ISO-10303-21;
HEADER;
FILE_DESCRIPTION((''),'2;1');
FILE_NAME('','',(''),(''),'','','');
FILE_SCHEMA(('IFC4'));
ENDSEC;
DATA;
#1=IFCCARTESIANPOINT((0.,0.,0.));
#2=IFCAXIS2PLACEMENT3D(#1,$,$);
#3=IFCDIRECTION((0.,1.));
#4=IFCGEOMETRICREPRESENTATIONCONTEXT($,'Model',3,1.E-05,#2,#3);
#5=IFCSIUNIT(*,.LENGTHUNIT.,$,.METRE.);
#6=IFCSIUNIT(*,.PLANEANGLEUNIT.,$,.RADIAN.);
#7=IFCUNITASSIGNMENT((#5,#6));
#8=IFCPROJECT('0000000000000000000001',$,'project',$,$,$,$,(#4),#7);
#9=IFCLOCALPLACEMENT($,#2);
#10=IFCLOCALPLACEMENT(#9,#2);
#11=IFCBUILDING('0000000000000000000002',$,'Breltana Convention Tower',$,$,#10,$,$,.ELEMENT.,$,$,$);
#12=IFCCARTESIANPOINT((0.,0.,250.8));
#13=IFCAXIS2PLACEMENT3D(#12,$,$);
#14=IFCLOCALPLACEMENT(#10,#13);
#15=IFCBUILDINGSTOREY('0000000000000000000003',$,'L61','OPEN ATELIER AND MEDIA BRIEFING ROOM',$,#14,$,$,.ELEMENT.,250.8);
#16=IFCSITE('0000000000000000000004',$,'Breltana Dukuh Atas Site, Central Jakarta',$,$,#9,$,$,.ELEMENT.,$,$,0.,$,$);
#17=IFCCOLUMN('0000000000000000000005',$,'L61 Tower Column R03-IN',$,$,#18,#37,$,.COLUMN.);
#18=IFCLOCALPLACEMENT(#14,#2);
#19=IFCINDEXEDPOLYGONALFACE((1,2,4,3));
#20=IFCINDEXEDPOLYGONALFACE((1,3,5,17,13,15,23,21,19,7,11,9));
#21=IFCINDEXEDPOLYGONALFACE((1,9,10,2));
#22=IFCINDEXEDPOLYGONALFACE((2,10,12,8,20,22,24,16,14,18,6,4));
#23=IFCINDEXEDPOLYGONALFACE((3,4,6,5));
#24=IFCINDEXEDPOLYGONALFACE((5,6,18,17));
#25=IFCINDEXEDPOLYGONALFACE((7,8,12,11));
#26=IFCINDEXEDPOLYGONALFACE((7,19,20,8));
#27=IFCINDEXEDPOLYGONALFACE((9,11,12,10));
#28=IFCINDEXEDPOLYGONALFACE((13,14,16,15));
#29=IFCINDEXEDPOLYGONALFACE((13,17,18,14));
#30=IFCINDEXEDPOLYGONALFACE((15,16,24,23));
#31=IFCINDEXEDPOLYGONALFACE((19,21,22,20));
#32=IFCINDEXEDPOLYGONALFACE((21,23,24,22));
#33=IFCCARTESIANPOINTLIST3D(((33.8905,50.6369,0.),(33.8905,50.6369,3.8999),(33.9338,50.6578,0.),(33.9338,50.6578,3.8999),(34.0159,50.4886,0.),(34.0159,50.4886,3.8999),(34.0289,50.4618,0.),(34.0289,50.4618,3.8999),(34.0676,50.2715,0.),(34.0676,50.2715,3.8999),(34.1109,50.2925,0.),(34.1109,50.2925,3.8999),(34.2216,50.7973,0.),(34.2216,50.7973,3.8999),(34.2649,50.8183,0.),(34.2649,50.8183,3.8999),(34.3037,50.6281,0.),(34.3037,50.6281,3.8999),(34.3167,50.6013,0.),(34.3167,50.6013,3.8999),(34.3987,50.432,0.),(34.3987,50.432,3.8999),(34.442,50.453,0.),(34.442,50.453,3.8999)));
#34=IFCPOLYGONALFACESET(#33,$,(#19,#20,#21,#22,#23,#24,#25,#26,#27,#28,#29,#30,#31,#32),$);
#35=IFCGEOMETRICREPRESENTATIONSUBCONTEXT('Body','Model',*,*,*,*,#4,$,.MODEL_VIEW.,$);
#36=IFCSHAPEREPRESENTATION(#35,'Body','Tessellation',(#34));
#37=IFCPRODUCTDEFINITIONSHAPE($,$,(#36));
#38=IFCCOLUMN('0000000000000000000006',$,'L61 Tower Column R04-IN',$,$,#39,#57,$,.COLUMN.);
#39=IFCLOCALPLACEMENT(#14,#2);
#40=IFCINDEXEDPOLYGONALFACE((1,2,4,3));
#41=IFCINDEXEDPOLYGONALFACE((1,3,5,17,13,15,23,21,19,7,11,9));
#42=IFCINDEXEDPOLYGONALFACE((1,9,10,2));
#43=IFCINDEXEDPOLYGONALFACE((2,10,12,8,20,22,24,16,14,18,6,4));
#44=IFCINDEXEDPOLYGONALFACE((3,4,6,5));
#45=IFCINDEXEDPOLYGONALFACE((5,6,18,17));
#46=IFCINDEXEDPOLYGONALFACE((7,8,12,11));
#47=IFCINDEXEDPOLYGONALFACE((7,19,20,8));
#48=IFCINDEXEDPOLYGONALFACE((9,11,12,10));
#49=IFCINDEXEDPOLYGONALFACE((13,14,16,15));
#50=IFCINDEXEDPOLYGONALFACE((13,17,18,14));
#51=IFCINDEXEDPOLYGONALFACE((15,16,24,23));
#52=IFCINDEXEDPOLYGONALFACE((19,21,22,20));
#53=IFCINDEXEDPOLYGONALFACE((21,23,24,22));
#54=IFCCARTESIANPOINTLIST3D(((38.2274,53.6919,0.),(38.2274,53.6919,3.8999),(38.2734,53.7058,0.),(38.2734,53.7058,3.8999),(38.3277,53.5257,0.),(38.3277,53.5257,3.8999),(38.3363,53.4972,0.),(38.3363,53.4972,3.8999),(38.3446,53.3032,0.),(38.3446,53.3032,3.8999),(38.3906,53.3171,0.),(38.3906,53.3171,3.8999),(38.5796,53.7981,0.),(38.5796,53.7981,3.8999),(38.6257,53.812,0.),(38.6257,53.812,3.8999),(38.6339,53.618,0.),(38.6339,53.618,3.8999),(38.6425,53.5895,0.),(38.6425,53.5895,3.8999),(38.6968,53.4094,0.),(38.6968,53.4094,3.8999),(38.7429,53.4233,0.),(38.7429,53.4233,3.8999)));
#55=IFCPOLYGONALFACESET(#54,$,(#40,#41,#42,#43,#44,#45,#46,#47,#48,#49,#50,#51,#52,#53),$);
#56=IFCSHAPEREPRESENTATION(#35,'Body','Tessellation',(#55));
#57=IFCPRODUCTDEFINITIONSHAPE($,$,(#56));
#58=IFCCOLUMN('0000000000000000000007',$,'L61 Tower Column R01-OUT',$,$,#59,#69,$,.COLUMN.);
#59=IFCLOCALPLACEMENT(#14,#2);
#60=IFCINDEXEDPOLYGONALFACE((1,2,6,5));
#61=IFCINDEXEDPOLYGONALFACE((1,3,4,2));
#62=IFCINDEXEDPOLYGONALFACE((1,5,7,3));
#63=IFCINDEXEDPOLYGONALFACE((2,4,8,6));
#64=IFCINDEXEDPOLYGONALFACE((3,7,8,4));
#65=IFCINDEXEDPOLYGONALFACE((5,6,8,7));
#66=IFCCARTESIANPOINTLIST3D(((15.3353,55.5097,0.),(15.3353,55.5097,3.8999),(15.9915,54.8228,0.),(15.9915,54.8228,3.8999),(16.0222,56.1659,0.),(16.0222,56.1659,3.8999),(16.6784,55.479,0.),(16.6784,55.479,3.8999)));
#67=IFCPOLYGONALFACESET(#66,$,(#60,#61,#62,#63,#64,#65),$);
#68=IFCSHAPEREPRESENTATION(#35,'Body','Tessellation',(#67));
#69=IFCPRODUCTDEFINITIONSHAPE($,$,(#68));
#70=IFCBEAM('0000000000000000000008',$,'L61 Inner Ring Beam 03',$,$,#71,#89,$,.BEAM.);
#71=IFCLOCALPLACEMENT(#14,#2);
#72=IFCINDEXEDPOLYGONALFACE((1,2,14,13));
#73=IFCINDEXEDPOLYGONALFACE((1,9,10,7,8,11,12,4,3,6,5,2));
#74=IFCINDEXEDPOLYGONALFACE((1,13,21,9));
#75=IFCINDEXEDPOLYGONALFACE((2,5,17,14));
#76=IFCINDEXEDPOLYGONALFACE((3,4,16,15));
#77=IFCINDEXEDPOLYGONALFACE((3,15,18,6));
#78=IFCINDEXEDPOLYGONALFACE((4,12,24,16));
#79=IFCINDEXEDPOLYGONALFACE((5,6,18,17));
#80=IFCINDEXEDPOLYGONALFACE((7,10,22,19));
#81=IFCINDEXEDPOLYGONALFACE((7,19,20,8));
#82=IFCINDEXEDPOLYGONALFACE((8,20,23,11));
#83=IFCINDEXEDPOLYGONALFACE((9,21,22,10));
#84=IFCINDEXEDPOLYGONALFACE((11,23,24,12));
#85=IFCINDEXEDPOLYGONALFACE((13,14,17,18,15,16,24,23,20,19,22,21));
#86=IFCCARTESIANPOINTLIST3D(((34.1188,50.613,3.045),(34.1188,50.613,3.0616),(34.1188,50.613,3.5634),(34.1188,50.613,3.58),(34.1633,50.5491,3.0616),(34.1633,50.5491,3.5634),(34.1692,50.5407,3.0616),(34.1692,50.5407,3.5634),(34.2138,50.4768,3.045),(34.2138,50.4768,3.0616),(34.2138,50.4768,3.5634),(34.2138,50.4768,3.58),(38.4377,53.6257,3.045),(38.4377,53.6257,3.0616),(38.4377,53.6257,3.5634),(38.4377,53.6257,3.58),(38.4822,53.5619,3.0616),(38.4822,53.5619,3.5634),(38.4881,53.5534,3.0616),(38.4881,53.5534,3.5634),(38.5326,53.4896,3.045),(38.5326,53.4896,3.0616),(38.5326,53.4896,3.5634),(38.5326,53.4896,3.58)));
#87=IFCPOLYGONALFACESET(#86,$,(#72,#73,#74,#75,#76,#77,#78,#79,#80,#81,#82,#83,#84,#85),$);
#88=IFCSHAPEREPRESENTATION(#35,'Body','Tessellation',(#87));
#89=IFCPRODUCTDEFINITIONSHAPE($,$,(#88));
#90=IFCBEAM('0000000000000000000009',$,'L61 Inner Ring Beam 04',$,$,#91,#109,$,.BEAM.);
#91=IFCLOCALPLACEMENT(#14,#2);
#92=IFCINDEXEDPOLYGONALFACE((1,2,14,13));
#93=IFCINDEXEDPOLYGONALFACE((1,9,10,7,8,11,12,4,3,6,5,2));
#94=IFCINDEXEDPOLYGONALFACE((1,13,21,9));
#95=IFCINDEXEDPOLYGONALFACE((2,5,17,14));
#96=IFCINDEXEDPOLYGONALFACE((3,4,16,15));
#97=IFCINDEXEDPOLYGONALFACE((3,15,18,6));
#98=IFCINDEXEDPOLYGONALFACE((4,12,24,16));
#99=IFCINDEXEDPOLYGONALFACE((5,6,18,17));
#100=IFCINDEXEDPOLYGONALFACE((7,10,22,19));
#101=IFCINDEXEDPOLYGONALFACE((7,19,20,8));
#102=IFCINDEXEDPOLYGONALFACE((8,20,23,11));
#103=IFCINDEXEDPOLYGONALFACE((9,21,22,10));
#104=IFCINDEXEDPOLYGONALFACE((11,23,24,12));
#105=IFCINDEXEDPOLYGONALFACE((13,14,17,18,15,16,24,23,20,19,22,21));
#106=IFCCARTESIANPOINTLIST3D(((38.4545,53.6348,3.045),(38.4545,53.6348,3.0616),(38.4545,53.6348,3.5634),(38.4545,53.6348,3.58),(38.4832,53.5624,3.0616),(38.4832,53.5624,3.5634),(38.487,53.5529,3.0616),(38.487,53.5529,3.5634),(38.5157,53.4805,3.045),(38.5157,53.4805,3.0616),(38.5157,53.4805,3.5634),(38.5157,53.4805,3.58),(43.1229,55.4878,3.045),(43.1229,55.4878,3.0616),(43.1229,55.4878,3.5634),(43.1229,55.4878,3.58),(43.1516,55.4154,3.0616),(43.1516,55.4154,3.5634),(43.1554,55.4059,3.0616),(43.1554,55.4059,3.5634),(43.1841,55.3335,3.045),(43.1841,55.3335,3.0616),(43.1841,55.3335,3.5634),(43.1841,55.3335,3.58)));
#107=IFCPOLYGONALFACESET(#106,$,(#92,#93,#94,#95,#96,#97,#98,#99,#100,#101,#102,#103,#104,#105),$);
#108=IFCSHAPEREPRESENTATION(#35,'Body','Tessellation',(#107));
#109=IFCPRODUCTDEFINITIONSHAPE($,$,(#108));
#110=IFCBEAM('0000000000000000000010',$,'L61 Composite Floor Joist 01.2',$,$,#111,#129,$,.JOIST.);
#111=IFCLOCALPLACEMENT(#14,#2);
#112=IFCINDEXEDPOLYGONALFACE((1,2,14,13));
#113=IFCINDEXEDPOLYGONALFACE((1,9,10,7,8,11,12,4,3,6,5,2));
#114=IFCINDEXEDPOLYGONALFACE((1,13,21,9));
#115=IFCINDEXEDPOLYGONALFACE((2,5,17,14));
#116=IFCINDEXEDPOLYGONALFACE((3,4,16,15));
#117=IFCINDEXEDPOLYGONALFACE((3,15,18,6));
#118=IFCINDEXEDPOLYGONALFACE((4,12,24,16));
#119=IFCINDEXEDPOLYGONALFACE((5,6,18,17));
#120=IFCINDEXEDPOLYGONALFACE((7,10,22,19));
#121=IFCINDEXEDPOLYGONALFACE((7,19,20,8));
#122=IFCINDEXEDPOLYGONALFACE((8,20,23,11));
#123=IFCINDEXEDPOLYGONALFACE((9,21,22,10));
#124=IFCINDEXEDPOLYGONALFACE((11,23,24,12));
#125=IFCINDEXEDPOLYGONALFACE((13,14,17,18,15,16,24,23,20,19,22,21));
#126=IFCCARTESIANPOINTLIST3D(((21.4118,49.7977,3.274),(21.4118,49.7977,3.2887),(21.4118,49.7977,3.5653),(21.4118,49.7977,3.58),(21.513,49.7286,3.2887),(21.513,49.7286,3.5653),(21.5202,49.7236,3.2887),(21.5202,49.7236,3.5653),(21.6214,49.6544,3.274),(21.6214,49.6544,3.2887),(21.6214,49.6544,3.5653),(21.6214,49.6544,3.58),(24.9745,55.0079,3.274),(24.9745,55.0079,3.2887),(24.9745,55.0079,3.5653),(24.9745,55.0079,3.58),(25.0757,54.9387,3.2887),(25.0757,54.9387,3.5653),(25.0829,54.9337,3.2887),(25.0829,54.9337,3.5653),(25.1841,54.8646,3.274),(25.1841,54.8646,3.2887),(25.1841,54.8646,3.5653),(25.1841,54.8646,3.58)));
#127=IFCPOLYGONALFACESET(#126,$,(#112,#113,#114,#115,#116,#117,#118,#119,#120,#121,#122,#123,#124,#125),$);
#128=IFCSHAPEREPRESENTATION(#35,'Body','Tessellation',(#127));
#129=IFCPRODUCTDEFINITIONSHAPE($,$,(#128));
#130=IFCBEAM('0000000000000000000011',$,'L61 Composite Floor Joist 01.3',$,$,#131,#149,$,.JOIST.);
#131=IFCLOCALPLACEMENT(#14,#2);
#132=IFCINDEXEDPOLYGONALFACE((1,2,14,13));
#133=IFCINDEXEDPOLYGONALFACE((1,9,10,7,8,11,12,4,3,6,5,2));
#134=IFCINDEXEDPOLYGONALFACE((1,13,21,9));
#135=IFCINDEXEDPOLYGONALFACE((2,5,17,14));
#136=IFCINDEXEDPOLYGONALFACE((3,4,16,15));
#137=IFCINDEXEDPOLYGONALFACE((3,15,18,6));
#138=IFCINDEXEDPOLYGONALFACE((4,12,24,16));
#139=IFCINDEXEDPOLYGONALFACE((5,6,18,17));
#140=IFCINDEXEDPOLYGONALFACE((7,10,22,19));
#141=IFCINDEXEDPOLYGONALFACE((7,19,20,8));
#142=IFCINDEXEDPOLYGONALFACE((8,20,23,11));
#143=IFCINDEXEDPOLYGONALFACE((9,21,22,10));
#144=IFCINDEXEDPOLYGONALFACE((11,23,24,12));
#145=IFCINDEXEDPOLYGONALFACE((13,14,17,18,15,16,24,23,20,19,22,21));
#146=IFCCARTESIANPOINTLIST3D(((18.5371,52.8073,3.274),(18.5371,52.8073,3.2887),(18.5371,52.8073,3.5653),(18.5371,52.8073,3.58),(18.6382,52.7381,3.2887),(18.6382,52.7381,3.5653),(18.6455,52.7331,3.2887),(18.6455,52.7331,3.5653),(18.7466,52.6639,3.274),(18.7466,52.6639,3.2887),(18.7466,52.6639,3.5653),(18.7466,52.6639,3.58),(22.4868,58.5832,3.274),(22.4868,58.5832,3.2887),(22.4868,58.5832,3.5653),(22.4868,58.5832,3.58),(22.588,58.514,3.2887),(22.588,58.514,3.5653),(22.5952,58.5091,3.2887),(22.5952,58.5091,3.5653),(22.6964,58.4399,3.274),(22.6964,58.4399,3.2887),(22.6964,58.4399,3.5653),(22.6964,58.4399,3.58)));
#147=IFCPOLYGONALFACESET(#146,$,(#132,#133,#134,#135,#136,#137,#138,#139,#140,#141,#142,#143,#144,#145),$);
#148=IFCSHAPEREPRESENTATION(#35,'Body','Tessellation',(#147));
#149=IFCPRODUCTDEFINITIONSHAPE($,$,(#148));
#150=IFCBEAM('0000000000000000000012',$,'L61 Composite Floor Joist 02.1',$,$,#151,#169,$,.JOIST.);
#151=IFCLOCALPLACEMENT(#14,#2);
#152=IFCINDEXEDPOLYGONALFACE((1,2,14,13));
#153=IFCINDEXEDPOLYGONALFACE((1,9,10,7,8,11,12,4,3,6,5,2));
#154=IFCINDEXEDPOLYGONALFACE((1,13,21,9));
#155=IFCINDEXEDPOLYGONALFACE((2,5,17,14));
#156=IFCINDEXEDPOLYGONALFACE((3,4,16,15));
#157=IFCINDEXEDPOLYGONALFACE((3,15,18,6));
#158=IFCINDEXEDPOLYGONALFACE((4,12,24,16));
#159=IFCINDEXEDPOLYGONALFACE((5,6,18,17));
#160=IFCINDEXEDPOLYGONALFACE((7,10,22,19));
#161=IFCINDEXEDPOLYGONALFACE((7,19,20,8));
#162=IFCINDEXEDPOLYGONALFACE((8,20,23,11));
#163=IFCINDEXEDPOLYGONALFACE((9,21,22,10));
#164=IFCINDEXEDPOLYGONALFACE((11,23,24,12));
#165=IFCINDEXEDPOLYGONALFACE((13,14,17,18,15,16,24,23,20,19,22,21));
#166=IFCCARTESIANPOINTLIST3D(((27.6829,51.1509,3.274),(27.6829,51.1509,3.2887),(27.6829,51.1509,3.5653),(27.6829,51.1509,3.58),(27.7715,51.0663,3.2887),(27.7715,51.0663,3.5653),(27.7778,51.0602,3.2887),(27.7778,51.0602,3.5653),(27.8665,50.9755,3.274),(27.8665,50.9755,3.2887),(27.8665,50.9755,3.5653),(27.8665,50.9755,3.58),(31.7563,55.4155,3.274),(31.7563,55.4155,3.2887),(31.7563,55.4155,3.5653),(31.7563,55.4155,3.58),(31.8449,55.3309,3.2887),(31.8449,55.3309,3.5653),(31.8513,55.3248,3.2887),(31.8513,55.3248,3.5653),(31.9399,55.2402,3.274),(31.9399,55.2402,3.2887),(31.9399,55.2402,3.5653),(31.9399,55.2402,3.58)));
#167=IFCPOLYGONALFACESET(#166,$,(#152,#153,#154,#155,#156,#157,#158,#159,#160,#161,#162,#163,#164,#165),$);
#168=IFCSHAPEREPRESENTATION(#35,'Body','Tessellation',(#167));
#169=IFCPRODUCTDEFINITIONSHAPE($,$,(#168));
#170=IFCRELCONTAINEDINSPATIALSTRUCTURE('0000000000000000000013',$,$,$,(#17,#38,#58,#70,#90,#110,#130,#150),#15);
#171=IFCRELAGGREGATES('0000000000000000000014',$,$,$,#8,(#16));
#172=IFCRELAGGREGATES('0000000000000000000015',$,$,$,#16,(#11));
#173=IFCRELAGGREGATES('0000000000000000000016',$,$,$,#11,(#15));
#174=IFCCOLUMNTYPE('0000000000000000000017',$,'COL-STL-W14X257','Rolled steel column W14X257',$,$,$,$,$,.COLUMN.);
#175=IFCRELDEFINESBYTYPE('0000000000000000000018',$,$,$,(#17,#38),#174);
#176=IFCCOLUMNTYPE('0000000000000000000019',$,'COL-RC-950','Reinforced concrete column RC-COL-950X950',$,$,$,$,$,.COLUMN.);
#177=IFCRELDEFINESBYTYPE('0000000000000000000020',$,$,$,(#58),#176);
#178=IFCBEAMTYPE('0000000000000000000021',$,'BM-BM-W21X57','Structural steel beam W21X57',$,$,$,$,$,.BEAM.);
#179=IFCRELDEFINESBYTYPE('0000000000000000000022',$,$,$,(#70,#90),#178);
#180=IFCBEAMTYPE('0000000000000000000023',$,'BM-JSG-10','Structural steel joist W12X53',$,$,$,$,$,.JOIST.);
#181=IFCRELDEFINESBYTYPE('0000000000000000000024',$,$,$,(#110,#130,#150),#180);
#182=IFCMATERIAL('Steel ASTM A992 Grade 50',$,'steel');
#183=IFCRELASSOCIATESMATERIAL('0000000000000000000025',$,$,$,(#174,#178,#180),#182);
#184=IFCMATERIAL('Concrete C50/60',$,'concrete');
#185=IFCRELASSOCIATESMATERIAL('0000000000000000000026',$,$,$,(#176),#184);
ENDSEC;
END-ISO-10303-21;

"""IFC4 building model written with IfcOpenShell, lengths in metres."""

from ifc_helpers import new_model, si_unit, direction, frame, origin, origin_2d, place, context, subcontext, project, spatial, rectangle, i_section, extrude, source, transform, mapped, material, material_profile, profile_set, type_object, element, save


model = new_model("IFC4")

# Units and contexts
model_context = context("Model", 3, precision=1e-05, world=origin(), true_north=direction((0.0, 1.0)))
body_context = subcontext(model_context, "Body", "Model", "MODEL_VIEW")
ifc_project = project(units=[si_unit("LENGTHUNIT", "METRE"), si_unit("PLANEANGLEUNIT", "RADIAN")], contexts=[model_context])

# Site, building, storey
site_placement = place(None, origin())
site = spatial("IfcSite", under=ifc_project, at=site_placement, Name="Breltana Dukuh Atas Site, Central Jakarta", CompositionType="ELEMENT", RefElevation=0.0)
building_placement = place(site_placement, origin())
building = spatial("IfcBuilding", under=site, at=building_placement, Name="Breltana Convention Tower", CompositionType="ELEMENT")
storey_placement = place(building_placement, frame((0.0, 0.0, 250.8)))
storey = spatial("IfcBuildingStorey", under=building, at=storey_placement, Name="L61", Description="OPEN ATELIER AND MEDIA BRIEFING ROOM", CompositionType="ELEMENT", Elevation=250.8)

# Columns
ifc_material_1 = material(Name="Steel ASTM A992 Grade 50", Category="steel")
ifc_material_profile_1 = material_profile(ifc_material_1, i_section(OverallWidth=0.406, OverallDepth=0.416, WebThickness=0.0298, FlangeThickness=0.0481, at=origin_2d()), Name="W14X257")
ifc_profile_set_1 = profile_set([ifc_material_profile_1], Name="Steel ASTM A992 Grade 50")
column_type_1 = type_object("IfcColumnType", Name="COL-STL-W14X257", Description="Rolled steel column W14X257", PredefinedType="COLUMN", material=ifc_profile_set_1)
shared_shape_1 = source(origin(), body_context, "Body", "SweptSolid", [
    extrude(i_section(OverallWidth=0.406, OverallDepth=0.416, WebThickness=0.0298, FlangeThickness=0.0481, at=origin_2d()), origin(), (0.0, 0.0, 1.0), 3.8999),
])
for number, where, z_axis, x_axis, name in (
    (1, (34.1663, 50.5449, 0.0), (0.0, 0.0, 1.0), (-0.436174, 0.899863, 0.0), "L61 Tower Column R03-IN"),
    (2, (38.4851, 53.5576, 0.0), (0.0, 0.0, 1.0), (-0.288698, 0.95742, 0.0), "L61 Tower Column R04-IN"),
):
    element("IfcColumn", number, at=place(storey_placement, frame(where, z_axis=z_axis, x_axis=x_axis)), inside=storey, type_object=column_type_1, Name=name, PredefinedType="COLUMN", context=body_context, shape_type="MappedRepresentation", body=[
        mapped(shared_shape_1, transform((0.0, 0.0, 0.0), scale=1.0)),
    ])
ifc_material_2 = material(Name="Concrete C50/60", Category="concrete")
ifc_material_profile_2 = material_profile(ifc_material_2, rectangle(XDim=0.95, YDim=0.95, at=origin_2d()), Name="RC-COL-950X950")
ifc_profile_set_2 = profile_set([ifc_material_profile_2], Name="Concrete C50/60")
column_type_2 = type_object("IfcColumnType", Name="COL-RC-950", Description="Reinforced concrete column RC-COL-950X950", PredefinedType="COLUMN", material=ifc_profile_set_2)
shared_shape_2 = source(origin(), body_context, "Body", "SweptSolid", [
    extrude(rectangle(XDim=0.95, YDim=0.95, at=origin_2d()), origin(), (0.0, 0.0, 1.0), 3.8999),
])
column_placement = place(storey_placement, frame((16.0068, 55.4944, 0.0), z_axis=(0.0, 0.0, 1.0), x_axis=(-0.690756, 0.723088, 0.0)))
element("IfcColumn", 3, at=column_placement, inside=storey, type_object=column_type_2, Name="L61 Tower Column R01-OUT", PredefinedType="COLUMN", context=body_context, shape_type="MappedRepresentation", body=[
    mapped(shared_shape_2, transform((0.0, 0.0, 0.0), scale=1.0)),
])

# Beams
ifc_material_profile_3 = material_profile(ifc_material_1, i_section(OverallWidth=0.166, OverallDepth=0.5349, WebThickness=0.0103, FlangeThickness=0.0166, at=origin_2d()), Name="W21X57")
ifc_profile_set_3 = profile_set([ifc_material_profile_3], Name="Steel ASTM A992 Grade 50")
beam_type_1 = type_object("IfcBeamType", Name="BM-BM-W21X57", Description="Structural steel beam W21X57", PredefinedType="BEAM", material=ifc_profile_set_3)
shared_shape_3 = source(origin(), body_context, "Body", "SweptSolid", [
    extrude(i_section(OverallWidth=0.166, OverallDepth=0.5349, WebThickness=0.0103, FlangeThickness=0.0166, at=origin_2d()), origin(), (0.0, 0.0, 1.0), 5.2659),
])
beam_1_placement = place(storey_placement, frame((34.1663, 50.5449, 3.3125), z_axis=(0.820167, 0.572124, 0.0), x_axis=(-0.572124, 0.820167, 0.0)))
element("IfcBeam", 4, at=beam_1_placement, inside=storey, type_object=beam_type_1, Name="L61 Inner Ring Beam 03", PredefinedType="BEAM", context=body_context, shape_type="MappedRepresentation", body=[
    mapped(shared_shape_3, transform((0.0, 0.0, 0.0), scale=1.0)),
])
shared_shape_4 = source(origin(), body_context, "Body", "SweptSolid", [
    extrude(i_section(OverallWidth=0.166, OverallDepth=0.5349, WebThickness=0.0103, FlangeThickness=0.0166, at=origin_2d()), origin(), (0.0, 0.0, 1.0), 5.0227),
])
beam_2_placement = place(storey_placement, frame((38.4851, 53.5576, 3.3125), z_axis=(0.929459, 0.368926, 0.0), x_axis=(-0.368926, 0.929459, 0.0)))
element("IfcBeam", 5, at=beam_2_placement, inside=storey, type_object=beam_type_1, Name="L61 Inner Ring Beam 04", PredefinedType="BEAM", context=body_context, shape_type="MappedRepresentation", body=[
    mapped(shared_shape_4, transform((0.0, 0.0, 0.0), scale=1.0)),
])
ifc_material_profile_4 = material_profile(ifc_material_1, i_section(OverallWidth=0.2539, OverallDepth=0.3059, WebThickness=0.0088, FlangeThickness=0.0146, at=origin_2d()), Name="W12X53")
ifc_profile_set_4 = profile_set([ifc_material_profile_4], Name="Steel ASTM A992 Grade 50")
beam_type_2 = type_object("IfcBeamType", Name="BM-JSG-10", Description="Structural steel joist W12X53", PredefinedType="JOIST", material=ifc_profile_set_4)
shared_shape_5 = source(origin(), body_context, "Body", "SweptSolid", [
    extrude(i_section(OverallWidth=0.2539, OverallDepth=0.3059, WebThickness=0.0088, FlangeThickness=0.0146, at=origin_2d()), origin(), (0.0, 0.0, 1.0), 6.3118),
])
beam_3_placement = place(storey_placement, frame((21.5166, 49.7261, 3.427), z_axis=(0.564454, 0.825465, 0.0), x_axis=(-0.825465, 0.564454, 0.0)))
element("IfcBeam", 6, at=beam_3_placement, inside=storey, type_object=beam_type_2, Name="L61 Composite Floor Joist 01.2", PredefinedType="JOIST", context=body_context, shape_type="MappedRepresentation", body=[
    mapped(shared_shape_5, transform((0.0, 0.0, 0.0), scale=1.0)),
])
shared_shape_6 = source(origin(), body_context, "Body", "SweptSolid", [
    extrude(i_section(OverallWidth=0.2539, OverallDepth=0.3059, WebThickness=0.0088, FlangeThickness=0.0146, at=origin_2d()), origin(), (0.0, 0.0, 1.0), 6.9973),
])
beam_4_placement = place(storey_placement, frame((18.6418, 52.7356, 3.427), z_axis=(0.564469, 0.825454, 0.0), x_axis=(-0.825454, 0.564469, 0.0)))
element("IfcBeam", 7, at=beam_4_placement, inside=storey, type_object=beam_type_2, Name="L61 Composite Floor Joist 01.3", PredefinedType="JOIST", context=body_context, shape_type="MappedRepresentation", body=[
    mapped(shared_shape_6, transform((0.0, 0.0, 0.0), scale=1.0)),
])
shared_shape_7 = source(origin(), body_context, "Body", "SweptSolid", [
    extrude(i_section(OverallWidth=0.2539, OverallDepth=0.3059, WebThickness=0.0088, FlangeThickness=0.0146, at=origin_2d()), origin(), (0.0, 0.0, 1.0), 5.8975),
])
beam_5_placement = place(storey_placement, frame((27.7747, 51.0632, 3.427), z_axis=(0.690714, 0.723128, 0.0), x_axis=(-0.723128, 0.690714, 0.0)))
element("IfcBeam", 8, at=beam_5_placement, inside=storey, type_object=beam_type_2, Name="L61 Composite Floor Joist 02.1", PredefinedType="JOIST", context=body_context, shape_type="MappedRepresentation", body=[
    mapped(shared_shape_7, transform((0.0, 0.0, 0.0), scale=1.0)),
])

save(model, "model.ifc")
